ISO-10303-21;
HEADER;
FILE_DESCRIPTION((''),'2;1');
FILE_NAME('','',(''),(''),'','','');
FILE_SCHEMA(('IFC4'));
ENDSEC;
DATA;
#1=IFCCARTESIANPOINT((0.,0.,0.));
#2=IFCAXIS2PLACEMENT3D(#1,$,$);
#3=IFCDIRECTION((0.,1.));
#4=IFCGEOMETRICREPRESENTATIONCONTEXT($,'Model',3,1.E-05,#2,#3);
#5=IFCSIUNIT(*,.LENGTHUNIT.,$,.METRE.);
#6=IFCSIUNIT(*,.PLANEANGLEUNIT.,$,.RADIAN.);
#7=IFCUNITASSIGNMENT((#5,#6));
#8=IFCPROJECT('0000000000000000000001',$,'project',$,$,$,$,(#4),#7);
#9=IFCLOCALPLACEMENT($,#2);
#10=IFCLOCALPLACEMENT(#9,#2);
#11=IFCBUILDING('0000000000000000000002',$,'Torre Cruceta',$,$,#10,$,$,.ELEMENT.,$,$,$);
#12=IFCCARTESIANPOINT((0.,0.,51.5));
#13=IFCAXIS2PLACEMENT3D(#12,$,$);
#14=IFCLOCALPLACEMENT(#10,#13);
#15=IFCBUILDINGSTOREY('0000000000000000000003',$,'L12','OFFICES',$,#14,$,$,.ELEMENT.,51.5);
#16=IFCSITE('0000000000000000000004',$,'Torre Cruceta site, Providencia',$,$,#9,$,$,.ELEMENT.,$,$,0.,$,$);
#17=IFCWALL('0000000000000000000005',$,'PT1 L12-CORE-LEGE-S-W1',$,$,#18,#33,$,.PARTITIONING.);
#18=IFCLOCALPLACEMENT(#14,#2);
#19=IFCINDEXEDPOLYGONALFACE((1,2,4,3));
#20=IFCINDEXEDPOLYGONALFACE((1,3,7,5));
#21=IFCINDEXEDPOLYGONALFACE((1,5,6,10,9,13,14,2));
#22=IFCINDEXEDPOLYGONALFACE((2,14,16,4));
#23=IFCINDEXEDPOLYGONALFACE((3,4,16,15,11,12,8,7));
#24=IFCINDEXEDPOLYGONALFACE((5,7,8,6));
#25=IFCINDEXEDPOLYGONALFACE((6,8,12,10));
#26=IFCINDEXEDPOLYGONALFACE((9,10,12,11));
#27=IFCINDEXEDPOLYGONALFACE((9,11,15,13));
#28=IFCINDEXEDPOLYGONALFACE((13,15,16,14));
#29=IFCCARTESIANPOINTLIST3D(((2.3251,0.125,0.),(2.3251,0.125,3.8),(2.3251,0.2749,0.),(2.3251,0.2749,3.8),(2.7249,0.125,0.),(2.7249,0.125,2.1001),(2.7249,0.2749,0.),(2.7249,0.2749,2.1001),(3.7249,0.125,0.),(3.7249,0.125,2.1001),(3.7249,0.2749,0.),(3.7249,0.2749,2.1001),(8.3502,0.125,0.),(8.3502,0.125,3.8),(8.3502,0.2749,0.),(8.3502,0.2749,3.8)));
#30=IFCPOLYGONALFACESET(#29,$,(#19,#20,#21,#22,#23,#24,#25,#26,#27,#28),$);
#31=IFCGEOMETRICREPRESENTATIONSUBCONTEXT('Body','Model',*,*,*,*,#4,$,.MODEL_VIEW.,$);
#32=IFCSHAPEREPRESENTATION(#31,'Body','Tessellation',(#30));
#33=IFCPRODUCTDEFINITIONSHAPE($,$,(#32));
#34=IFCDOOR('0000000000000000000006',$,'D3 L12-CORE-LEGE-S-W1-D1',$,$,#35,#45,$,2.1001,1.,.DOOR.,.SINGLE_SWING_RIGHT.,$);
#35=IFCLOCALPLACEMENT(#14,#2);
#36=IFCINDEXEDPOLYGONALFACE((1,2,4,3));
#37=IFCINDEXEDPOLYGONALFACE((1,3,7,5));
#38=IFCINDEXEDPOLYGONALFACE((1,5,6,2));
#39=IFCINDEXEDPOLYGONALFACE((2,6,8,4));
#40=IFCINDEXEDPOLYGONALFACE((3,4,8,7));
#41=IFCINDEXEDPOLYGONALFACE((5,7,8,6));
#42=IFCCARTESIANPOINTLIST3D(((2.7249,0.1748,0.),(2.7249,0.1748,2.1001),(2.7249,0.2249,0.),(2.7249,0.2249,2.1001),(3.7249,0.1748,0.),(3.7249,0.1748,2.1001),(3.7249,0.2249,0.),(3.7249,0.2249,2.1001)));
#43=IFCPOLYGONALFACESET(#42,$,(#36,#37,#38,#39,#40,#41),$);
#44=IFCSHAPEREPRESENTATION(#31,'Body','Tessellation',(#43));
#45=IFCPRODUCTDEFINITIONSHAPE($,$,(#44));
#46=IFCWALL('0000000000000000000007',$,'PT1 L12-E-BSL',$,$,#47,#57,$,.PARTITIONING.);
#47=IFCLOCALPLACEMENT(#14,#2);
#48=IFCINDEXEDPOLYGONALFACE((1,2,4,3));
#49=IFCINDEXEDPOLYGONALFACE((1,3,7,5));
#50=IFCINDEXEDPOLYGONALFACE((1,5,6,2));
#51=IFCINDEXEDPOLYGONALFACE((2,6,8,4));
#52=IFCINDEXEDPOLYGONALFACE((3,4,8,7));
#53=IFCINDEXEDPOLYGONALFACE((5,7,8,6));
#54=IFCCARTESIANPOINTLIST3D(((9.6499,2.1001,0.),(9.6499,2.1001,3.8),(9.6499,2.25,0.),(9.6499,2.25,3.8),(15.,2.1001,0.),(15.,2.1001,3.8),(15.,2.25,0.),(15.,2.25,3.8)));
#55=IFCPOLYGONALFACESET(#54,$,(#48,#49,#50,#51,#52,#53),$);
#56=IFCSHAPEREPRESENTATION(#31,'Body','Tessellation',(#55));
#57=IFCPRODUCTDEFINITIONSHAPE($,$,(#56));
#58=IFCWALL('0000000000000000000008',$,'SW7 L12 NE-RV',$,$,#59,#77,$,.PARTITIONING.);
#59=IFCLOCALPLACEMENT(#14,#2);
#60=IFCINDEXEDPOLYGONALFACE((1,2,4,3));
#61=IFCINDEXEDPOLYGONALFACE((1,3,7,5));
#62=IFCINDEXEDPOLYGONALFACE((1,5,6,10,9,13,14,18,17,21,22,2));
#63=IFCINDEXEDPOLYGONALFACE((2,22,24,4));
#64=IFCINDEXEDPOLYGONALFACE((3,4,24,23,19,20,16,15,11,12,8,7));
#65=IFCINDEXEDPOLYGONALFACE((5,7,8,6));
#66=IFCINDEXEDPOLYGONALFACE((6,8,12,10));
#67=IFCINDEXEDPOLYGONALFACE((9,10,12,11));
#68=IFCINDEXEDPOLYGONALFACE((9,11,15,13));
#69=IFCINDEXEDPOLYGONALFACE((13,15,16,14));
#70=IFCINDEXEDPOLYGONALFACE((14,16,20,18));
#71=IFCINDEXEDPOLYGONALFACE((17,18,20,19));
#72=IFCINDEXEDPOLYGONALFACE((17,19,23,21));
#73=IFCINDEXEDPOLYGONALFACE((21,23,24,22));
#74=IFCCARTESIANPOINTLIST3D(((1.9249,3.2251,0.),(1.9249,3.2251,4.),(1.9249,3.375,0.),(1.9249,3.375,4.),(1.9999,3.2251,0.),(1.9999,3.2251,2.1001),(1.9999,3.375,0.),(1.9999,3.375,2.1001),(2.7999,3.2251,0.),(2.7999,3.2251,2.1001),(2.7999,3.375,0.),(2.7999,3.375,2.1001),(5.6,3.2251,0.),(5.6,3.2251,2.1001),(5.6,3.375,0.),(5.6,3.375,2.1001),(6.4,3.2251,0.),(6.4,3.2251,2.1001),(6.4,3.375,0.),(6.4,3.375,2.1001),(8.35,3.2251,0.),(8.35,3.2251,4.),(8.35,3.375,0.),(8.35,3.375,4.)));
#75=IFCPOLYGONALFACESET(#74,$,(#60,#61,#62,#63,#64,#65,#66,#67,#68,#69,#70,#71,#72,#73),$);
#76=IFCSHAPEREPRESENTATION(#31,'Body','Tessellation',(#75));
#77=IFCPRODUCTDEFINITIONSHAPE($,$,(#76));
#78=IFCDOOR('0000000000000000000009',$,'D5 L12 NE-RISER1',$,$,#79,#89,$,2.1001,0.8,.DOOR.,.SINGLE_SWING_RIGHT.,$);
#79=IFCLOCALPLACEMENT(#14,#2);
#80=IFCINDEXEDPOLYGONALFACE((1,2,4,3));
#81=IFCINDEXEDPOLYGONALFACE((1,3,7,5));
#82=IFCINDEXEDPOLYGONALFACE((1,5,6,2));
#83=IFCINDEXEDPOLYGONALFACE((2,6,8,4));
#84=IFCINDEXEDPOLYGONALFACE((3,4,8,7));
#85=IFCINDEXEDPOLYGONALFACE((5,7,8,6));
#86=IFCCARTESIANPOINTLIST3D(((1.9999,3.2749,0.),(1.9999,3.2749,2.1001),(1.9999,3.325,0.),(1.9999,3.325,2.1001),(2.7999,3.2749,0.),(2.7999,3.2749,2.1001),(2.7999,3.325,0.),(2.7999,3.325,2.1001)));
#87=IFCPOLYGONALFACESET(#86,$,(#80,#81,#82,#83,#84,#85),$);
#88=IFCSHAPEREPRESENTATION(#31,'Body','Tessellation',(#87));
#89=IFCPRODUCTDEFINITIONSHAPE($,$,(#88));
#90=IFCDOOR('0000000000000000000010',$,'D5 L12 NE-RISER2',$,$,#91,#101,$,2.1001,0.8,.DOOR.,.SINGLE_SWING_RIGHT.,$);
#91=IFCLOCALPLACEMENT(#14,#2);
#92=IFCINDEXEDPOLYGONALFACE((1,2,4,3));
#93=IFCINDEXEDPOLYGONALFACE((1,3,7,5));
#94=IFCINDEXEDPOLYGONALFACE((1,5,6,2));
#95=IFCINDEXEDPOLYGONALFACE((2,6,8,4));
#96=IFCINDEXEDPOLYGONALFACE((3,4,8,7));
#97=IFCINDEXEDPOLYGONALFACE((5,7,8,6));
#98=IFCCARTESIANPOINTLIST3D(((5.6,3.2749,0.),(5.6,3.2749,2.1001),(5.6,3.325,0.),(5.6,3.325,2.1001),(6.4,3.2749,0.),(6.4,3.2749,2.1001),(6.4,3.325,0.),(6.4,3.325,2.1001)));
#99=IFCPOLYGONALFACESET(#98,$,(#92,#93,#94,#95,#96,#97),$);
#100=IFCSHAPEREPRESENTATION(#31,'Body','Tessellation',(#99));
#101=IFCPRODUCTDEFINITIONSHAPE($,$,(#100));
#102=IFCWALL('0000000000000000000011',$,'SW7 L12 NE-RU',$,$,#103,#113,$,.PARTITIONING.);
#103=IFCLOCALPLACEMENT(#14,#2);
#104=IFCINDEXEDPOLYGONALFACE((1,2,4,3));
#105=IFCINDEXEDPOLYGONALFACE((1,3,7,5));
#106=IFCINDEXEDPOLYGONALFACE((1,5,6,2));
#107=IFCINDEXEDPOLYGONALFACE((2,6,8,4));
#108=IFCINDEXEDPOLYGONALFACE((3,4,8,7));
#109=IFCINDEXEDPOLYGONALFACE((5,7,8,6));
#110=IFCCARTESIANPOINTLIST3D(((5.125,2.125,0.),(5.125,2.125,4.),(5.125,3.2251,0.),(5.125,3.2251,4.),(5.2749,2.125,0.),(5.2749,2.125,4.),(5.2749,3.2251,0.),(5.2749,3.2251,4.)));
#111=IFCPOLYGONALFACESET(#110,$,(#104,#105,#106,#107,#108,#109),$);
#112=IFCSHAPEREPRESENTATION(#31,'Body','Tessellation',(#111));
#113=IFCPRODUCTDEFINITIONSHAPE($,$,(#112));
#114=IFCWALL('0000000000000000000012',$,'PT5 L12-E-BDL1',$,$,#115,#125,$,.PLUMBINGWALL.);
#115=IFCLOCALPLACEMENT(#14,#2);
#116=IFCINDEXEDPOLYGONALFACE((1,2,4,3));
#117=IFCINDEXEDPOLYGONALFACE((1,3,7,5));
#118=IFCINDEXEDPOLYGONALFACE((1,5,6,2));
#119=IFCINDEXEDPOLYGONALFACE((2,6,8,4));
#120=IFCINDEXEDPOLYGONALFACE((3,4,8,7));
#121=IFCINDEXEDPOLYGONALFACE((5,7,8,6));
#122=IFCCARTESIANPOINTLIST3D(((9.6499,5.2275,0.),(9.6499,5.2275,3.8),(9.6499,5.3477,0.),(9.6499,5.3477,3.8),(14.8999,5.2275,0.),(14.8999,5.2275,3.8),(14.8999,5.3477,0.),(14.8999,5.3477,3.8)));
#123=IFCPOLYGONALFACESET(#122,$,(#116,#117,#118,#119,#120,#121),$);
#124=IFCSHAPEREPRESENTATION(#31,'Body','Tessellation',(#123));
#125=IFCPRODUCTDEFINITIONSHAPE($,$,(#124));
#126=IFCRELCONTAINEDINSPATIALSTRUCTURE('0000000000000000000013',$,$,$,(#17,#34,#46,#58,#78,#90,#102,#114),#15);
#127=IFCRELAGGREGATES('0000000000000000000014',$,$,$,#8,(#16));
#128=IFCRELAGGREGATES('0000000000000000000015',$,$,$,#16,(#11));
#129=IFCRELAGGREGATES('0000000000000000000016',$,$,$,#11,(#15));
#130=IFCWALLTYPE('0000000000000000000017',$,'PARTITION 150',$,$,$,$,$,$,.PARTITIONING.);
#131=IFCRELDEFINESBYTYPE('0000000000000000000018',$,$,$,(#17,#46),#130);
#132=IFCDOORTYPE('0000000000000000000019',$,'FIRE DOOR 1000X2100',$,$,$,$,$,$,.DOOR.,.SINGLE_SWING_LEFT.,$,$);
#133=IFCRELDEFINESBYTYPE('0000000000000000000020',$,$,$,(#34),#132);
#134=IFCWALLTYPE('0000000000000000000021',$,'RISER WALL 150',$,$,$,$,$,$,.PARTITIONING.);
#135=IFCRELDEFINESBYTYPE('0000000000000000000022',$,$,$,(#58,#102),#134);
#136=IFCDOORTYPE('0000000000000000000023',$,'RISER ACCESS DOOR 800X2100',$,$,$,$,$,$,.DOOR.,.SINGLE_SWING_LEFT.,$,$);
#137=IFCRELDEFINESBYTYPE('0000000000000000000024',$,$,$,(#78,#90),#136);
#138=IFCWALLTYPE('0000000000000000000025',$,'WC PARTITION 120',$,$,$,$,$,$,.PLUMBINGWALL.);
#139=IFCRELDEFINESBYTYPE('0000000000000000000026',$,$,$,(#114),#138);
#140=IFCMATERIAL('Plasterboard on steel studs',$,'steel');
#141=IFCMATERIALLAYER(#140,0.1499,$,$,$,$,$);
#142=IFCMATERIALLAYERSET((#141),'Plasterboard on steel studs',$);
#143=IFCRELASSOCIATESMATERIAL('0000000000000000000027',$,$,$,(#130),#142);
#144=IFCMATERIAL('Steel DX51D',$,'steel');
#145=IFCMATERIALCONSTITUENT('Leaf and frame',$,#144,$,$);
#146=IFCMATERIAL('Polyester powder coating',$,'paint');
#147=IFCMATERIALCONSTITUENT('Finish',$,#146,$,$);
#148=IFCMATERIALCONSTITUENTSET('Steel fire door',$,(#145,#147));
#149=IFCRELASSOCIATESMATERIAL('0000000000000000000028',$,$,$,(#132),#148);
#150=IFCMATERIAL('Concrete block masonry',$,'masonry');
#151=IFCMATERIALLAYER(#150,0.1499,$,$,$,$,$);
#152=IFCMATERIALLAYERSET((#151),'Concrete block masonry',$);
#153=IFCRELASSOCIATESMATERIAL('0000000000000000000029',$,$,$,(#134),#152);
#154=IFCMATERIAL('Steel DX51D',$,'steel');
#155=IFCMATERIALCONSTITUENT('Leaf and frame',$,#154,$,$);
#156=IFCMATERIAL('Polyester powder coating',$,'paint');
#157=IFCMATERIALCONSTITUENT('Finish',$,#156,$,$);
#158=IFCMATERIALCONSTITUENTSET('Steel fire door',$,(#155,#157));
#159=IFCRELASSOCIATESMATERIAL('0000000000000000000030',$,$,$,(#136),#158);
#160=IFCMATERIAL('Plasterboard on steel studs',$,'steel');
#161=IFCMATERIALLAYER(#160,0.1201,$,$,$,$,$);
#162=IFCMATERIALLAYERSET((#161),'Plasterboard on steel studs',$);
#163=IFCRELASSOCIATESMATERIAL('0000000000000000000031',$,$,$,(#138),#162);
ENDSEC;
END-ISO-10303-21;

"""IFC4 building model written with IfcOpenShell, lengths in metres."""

from ifc_helpers import new_model, si_unit, direction, frame, frame_2d, origin, place, context, subcontext, project, spatial, rectangle, extrude, material, layer, layer_set, constituent, constituent_set, type_object, element, fill, save


model = new_model("IFC4")

# Units and contexts
model_context = context("Model", 3, precision=1e-05, world=origin(), true_north=direction((0.0, 1.0)))
body_context = subcontext(model_context, "Body", "Model", "MODEL_VIEW")
ifc_project = project(units=[si_unit("LENGTHUNIT", "METRE"), si_unit("PLANEANGLEUNIT", "RADIAN")], contexts=[model_context])

# Site, building, storey
site_placement = place(None, origin())
site = spatial("IfcSite", under=ifc_project, at=site_placement, Name="Torre Cruceta site, Providencia", CompositionType="ELEMENT", RefElevation=0.0)
building_placement = place(site_placement, origin())
building = spatial("IfcBuilding", under=site, at=building_placement, Name="Torre Cruceta", CompositionType="ELEMENT")
storey_placement = place(building_placement, frame((0.0, 0.0, 51.5)))
storey = spatial("IfcBuildingStorey", under=building, at=storey_placement, Name="L12", Description="OFFICES", CompositionType="ELEMENT", Elevation=51.5)

# Wall, opening, door
ifc_material_1 = material(Name="Plasterboard on steel studs", Category="steel")
ifc_layer_1 = layer(ifc_material_1, 0.1499)
ifc_layer_set_1 = layer_set([ifc_layer_1], Name="Plasterboard on steel studs")
wall_type_1 = type_object("IfcWallType", Name="PARTITION 150", PredefinedType="PARTITIONING", material=ifc_layer_set_1)
wall_1_placement = place(storey_placement, frame((2.325, 0.2, 0.0), z_axis=(0.0, 0.0, 1.0), x_axis=(1.0, 0.0, 0.0)))
wall_1 = element("IfcWall", 1, at=wall_1_placement, inside=storey, type_object=wall_type_1, Name="PT1 L12-CORE-LEGE-S-W1", PredefinedType="PARTITIONING", context=body_context, shape_type="SweptSolid", body=[
    extrude(rectangle(XDim=6.0251, YDim=0.1499, at=frame_2d((3.0127, 0.0))), origin(), (0.0, 0.0, 1.0), 3.8),
])
opening_1_placement = place(wall_1_placement, frame((0.3999, 0.0, 0.0)))
opening_1 = element("IfcOpeningElement", 2, at=opening_1_placement, cuts=wall_1, PredefinedType="OPENING", context=body_context, shape_type="SweptSolid", body=[
    extrude(rectangle(XDim=1.0, YDim=2.1001, at=frame_2d((0.5, 1.05))), frame((0.0, 0.085, 0.0), z_axis=(0.0, -1.0, 0.0), x_axis=(1.0, 0.0, 0.0)), (0.0, 0.0, 1.0), 0.1699),
])
ifc_material_2 = material(Name="Steel DX51D", Category="steel")
ifc_constituent_1 = constituent(ifc_material_2, Name="Leaf and frame")
ifc_material_3 = material(Name="Polyester powder coating", Category="paint")
ifc_constituent_2 = constituent(ifc_material_3, Name="Finish")
ifc_constituent_set_1 = constituent_set(constituents=[ifc_constituent_1, ifc_constituent_2], Name="Steel fire door")
door_type_1 = type_object("IfcDoorType", Name="FIRE DOOR 1000X2100", OperationType="SINGLE_SWING_LEFT", PredefinedType="DOOR", material=ifc_constituent_set_1)
door_1_placement = place(opening_1_placement, frame((1.0, 0.0, 0.0), z_axis=(0.0, 0.0, 1.0), x_axis=(-1.0, 0.0, 0.0)))
door_1 = element("IfcDoor", 3, at=door_1_placement, inside=storey, type_object=door_type_1, Name="D3 L12-CORE-LEGE-S-W1-D1", OperationType="SINGLE_SWING_RIGHT", OverallHeight=2.1001, OverallWidth=1.0, PredefinedType="DOOR", context=body_context, shape_type="SweptSolid", body=[
    extrude(rectangle(XDim=1.0, YDim=2.1001, at=frame_2d((0.5, 1.05))), frame((0.0, 0.0251, 0.0), z_axis=(0.0, -1.0, 0.0), x_axis=(1.0, 0.0, 0.0)), (0.0, 0.0, 1.0), 0.05),
])
fill(opening_1, door_1)

# Wall
wall_2_placement = place(storey_placement, frame((9.6499, 2.175, 0.0), z_axis=(0.0, 0.0, 1.0), x_axis=(1.0, 0.0, 0.0)))
element("IfcWall", 4, at=wall_2_placement, inside=storey, type_object=wall_type_1, Name="PT1 L12-E-BSL", PredefinedType="PARTITIONING", context=body_context, shape_type="SweptSolid", body=[
    extrude(rectangle(XDim=5.3501, YDim=0.1499, at=frame_2d((2.675, 0.0))), origin(), (0.0, 0.0, 1.0), 3.8),
])

# Wall, openings, doors
ifc_material_4 = material(Name="Concrete block masonry", Category="masonry")
ifc_layer_2 = layer(ifc_material_4, 0.1499)
ifc_layer_set_2 = layer_set([ifc_layer_2], Name="Concrete block masonry")
wall_type_2 = type_object("IfcWallType", Name="RISER WALL 150", PredefinedType="PARTITIONING", material=ifc_layer_set_2)
wall_3_placement = place(storey_placement, frame((1.925, 3.3, 0.0), z_axis=(0.0, 0.0, 1.0), x_axis=(1.0, 0.0, 0.0)))
wall_3 = element("IfcWall", 5, at=wall_3_placement, inside=storey, type_object=wall_type_2, Name="SW7 L12 NE-RV", PredefinedType="PARTITIONING", context=body_context, shape_type="SweptSolid", body=[
    extrude(rectangle(XDim=6.425, YDim=0.1499, at=frame_2d((3.2124, 0.0))), origin(), (0.0, 0.0, 1.0), 4.0),
])
opening_2_placement = place(wall_3_placement, frame((0.075, 0.0, 0.0)))
opening_2 = element("IfcOpeningElement", 6, at=opening_2_placement, cuts=wall_3, PredefinedType="OPENING", context=body_context, shape_type="SweptSolid", body=[
    extrude(rectangle(XDim=0.8, YDim=2.1001, at=frame_2d((0.3999, 1.05))), frame((0.0, 0.085, 0.0), z_axis=(0.0, -1.0, 0.0), x_axis=(1.0, 0.0, 0.0)), (0.0, 0.0, 1.0), 0.1699),
])
opening_3_placement = place(wall_3_placement, frame((3.675, 0.0, 0.0)))
opening_3 = element("IfcOpeningElement", 7, at=opening_3_placement, cuts=wall_3, PredefinedType="OPENING", context=body_context, shape_type="SweptSolid", body=[
    extrude(rectangle(XDim=0.8, YDim=2.1001, at=frame_2d((0.3999, 1.05))), frame((0.0, 0.085, 0.0), z_axis=(0.0, -1.0, 0.0), x_axis=(1.0, 0.0, 0.0)), (0.0, 0.0, 1.0), 0.1699),
])
ifc_material_5 = material(Name="Steel DX51D", Category="steel")
ifc_constituent_3 = constituent(ifc_material_5, Name="Leaf and frame")
ifc_material_6 = material(Name="Polyester powder coating", Category="paint")
ifc_constituent_4 = constituent(ifc_material_6, Name="Finish")
ifc_constituent_set_2 = constituent_set(constituents=[ifc_constituent_3, ifc_constituent_4], Name="Steel fire door")
door_type_2 = type_object("IfcDoorType", Name="RISER ACCESS DOOR 800X2100", OperationType="SINGLE_SWING_LEFT", PredefinedType="DOOR", material=ifc_constituent_set_2)
door_2_placement = place(opening_2_placement, frame((0.8, 0.0, 0.0), z_axis=(0.0, 0.0, 1.0), x_axis=(-1.0, 0.0, 0.0)))
door_2 = element("IfcDoor", 8, at=door_2_placement, inside=storey, type_object=door_type_2, Name="D5 L12 NE-RISER1", OperationType="SINGLE_SWING_RIGHT", OverallHeight=2.1001, OverallWidth=0.8, PredefinedType="DOOR", context=body_context, shape_type="SweptSolid", body=[
    extrude(rectangle(XDim=0.8, YDim=2.1001, at=frame_2d((0.4001, 1.05))), frame((0.0, 0.0251, 0.0), z_axis=(0.0, -1.0, 0.0), x_axis=(1.0, 0.0, 0.0)), (0.0, 0.0, 1.0), 0.05),
])
fill(opening_2, door_2)
door_3_placement = place(opening_3_placement, frame((0.8, 0.0, 0.0), z_axis=(0.0, 0.0, 1.0), x_axis=(-1.0, 0.0, 0.0)))
door_3 = element("IfcDoor", 9, at=door_3_placement, inside=storey, type_object=door_type_2, Name="D5 L12 NE-RISER2", OperationType="SINGLE_SWING_RIGHT", OverallHeight=2.1001, OverallWidth=0.8, PredefinedType="DOOR", context=body_context, shape_type="SweptSolid", body=[
    extrude(rectangle(XDim=0.8, YDim=2.1001, at=frame_2d((0.4001, 1.05))), frame((0.0, 0.0251, 0.0), z_axis=(0.0, -1.0, 0.0), x_axis=(1.0, 0.0, 0.0)), (0.0, 0.0, 1.0), 0.05),
])
fill(opening_3, door_3)

# Walls
wall_4_placement = place(storey_placement, frame((5.2, 2.125, 0.0), z_axis=(0.0, 0.0, 1.0), x_axis=(0.0, 1.0, 0.0)))
element("IfcWall", 10, at=wall_4_placement, inside=storey, type_object=wall_type_2, Name="SW7 L12 NE-RU", PredefinedType="PARTITIONING", context=body_context, shape_type="SweptSolid", body=[
    extrude(rectangle(XDim=1.1001, YDim=0.1499, at=frame_2d((0.55, 0.0))), origin(), (0.0, 0.0, 1.0), 4.0),
])
ifc_material_7 = material(Name="Plasterboard on steel studs", Category="steel")
ifc_layer_3 = layer(ifc_material_7, 0.1201)
ifc_layer_set_3 = layer_set([ifc_layer_3], Name="Plasterboard on steel studs")
wall_type_3 = type_object("IfcWallType", Name="WC PARTITION 120", PredefinedType="PLUMBINGWALL", material=ifc_layer_set_3)
wall_5_placement = place(storey_placement, frame((9.6499, 5.2876, 0.0), z_axis=(0.0, 0.0, 1.0), x_axis=(1.0, 0.0, 0.0)))
element("IfcWall", 11, at=wall_5_placement, inside=storey, type_object=wall_type_3, Name="PT5 L12-E-BDL1", PredefinedType="PLUMBINGWALL", context=body_context, shape_type="SweptSolid", body=[
    extrude(rectangle(XDim=5.25, YDim=0.1201, at=frame_2d((2.625, 0.0))), origin(), (0.0, 0.0, 1.0), 3.8),
])

save(model, "model.ifc")
